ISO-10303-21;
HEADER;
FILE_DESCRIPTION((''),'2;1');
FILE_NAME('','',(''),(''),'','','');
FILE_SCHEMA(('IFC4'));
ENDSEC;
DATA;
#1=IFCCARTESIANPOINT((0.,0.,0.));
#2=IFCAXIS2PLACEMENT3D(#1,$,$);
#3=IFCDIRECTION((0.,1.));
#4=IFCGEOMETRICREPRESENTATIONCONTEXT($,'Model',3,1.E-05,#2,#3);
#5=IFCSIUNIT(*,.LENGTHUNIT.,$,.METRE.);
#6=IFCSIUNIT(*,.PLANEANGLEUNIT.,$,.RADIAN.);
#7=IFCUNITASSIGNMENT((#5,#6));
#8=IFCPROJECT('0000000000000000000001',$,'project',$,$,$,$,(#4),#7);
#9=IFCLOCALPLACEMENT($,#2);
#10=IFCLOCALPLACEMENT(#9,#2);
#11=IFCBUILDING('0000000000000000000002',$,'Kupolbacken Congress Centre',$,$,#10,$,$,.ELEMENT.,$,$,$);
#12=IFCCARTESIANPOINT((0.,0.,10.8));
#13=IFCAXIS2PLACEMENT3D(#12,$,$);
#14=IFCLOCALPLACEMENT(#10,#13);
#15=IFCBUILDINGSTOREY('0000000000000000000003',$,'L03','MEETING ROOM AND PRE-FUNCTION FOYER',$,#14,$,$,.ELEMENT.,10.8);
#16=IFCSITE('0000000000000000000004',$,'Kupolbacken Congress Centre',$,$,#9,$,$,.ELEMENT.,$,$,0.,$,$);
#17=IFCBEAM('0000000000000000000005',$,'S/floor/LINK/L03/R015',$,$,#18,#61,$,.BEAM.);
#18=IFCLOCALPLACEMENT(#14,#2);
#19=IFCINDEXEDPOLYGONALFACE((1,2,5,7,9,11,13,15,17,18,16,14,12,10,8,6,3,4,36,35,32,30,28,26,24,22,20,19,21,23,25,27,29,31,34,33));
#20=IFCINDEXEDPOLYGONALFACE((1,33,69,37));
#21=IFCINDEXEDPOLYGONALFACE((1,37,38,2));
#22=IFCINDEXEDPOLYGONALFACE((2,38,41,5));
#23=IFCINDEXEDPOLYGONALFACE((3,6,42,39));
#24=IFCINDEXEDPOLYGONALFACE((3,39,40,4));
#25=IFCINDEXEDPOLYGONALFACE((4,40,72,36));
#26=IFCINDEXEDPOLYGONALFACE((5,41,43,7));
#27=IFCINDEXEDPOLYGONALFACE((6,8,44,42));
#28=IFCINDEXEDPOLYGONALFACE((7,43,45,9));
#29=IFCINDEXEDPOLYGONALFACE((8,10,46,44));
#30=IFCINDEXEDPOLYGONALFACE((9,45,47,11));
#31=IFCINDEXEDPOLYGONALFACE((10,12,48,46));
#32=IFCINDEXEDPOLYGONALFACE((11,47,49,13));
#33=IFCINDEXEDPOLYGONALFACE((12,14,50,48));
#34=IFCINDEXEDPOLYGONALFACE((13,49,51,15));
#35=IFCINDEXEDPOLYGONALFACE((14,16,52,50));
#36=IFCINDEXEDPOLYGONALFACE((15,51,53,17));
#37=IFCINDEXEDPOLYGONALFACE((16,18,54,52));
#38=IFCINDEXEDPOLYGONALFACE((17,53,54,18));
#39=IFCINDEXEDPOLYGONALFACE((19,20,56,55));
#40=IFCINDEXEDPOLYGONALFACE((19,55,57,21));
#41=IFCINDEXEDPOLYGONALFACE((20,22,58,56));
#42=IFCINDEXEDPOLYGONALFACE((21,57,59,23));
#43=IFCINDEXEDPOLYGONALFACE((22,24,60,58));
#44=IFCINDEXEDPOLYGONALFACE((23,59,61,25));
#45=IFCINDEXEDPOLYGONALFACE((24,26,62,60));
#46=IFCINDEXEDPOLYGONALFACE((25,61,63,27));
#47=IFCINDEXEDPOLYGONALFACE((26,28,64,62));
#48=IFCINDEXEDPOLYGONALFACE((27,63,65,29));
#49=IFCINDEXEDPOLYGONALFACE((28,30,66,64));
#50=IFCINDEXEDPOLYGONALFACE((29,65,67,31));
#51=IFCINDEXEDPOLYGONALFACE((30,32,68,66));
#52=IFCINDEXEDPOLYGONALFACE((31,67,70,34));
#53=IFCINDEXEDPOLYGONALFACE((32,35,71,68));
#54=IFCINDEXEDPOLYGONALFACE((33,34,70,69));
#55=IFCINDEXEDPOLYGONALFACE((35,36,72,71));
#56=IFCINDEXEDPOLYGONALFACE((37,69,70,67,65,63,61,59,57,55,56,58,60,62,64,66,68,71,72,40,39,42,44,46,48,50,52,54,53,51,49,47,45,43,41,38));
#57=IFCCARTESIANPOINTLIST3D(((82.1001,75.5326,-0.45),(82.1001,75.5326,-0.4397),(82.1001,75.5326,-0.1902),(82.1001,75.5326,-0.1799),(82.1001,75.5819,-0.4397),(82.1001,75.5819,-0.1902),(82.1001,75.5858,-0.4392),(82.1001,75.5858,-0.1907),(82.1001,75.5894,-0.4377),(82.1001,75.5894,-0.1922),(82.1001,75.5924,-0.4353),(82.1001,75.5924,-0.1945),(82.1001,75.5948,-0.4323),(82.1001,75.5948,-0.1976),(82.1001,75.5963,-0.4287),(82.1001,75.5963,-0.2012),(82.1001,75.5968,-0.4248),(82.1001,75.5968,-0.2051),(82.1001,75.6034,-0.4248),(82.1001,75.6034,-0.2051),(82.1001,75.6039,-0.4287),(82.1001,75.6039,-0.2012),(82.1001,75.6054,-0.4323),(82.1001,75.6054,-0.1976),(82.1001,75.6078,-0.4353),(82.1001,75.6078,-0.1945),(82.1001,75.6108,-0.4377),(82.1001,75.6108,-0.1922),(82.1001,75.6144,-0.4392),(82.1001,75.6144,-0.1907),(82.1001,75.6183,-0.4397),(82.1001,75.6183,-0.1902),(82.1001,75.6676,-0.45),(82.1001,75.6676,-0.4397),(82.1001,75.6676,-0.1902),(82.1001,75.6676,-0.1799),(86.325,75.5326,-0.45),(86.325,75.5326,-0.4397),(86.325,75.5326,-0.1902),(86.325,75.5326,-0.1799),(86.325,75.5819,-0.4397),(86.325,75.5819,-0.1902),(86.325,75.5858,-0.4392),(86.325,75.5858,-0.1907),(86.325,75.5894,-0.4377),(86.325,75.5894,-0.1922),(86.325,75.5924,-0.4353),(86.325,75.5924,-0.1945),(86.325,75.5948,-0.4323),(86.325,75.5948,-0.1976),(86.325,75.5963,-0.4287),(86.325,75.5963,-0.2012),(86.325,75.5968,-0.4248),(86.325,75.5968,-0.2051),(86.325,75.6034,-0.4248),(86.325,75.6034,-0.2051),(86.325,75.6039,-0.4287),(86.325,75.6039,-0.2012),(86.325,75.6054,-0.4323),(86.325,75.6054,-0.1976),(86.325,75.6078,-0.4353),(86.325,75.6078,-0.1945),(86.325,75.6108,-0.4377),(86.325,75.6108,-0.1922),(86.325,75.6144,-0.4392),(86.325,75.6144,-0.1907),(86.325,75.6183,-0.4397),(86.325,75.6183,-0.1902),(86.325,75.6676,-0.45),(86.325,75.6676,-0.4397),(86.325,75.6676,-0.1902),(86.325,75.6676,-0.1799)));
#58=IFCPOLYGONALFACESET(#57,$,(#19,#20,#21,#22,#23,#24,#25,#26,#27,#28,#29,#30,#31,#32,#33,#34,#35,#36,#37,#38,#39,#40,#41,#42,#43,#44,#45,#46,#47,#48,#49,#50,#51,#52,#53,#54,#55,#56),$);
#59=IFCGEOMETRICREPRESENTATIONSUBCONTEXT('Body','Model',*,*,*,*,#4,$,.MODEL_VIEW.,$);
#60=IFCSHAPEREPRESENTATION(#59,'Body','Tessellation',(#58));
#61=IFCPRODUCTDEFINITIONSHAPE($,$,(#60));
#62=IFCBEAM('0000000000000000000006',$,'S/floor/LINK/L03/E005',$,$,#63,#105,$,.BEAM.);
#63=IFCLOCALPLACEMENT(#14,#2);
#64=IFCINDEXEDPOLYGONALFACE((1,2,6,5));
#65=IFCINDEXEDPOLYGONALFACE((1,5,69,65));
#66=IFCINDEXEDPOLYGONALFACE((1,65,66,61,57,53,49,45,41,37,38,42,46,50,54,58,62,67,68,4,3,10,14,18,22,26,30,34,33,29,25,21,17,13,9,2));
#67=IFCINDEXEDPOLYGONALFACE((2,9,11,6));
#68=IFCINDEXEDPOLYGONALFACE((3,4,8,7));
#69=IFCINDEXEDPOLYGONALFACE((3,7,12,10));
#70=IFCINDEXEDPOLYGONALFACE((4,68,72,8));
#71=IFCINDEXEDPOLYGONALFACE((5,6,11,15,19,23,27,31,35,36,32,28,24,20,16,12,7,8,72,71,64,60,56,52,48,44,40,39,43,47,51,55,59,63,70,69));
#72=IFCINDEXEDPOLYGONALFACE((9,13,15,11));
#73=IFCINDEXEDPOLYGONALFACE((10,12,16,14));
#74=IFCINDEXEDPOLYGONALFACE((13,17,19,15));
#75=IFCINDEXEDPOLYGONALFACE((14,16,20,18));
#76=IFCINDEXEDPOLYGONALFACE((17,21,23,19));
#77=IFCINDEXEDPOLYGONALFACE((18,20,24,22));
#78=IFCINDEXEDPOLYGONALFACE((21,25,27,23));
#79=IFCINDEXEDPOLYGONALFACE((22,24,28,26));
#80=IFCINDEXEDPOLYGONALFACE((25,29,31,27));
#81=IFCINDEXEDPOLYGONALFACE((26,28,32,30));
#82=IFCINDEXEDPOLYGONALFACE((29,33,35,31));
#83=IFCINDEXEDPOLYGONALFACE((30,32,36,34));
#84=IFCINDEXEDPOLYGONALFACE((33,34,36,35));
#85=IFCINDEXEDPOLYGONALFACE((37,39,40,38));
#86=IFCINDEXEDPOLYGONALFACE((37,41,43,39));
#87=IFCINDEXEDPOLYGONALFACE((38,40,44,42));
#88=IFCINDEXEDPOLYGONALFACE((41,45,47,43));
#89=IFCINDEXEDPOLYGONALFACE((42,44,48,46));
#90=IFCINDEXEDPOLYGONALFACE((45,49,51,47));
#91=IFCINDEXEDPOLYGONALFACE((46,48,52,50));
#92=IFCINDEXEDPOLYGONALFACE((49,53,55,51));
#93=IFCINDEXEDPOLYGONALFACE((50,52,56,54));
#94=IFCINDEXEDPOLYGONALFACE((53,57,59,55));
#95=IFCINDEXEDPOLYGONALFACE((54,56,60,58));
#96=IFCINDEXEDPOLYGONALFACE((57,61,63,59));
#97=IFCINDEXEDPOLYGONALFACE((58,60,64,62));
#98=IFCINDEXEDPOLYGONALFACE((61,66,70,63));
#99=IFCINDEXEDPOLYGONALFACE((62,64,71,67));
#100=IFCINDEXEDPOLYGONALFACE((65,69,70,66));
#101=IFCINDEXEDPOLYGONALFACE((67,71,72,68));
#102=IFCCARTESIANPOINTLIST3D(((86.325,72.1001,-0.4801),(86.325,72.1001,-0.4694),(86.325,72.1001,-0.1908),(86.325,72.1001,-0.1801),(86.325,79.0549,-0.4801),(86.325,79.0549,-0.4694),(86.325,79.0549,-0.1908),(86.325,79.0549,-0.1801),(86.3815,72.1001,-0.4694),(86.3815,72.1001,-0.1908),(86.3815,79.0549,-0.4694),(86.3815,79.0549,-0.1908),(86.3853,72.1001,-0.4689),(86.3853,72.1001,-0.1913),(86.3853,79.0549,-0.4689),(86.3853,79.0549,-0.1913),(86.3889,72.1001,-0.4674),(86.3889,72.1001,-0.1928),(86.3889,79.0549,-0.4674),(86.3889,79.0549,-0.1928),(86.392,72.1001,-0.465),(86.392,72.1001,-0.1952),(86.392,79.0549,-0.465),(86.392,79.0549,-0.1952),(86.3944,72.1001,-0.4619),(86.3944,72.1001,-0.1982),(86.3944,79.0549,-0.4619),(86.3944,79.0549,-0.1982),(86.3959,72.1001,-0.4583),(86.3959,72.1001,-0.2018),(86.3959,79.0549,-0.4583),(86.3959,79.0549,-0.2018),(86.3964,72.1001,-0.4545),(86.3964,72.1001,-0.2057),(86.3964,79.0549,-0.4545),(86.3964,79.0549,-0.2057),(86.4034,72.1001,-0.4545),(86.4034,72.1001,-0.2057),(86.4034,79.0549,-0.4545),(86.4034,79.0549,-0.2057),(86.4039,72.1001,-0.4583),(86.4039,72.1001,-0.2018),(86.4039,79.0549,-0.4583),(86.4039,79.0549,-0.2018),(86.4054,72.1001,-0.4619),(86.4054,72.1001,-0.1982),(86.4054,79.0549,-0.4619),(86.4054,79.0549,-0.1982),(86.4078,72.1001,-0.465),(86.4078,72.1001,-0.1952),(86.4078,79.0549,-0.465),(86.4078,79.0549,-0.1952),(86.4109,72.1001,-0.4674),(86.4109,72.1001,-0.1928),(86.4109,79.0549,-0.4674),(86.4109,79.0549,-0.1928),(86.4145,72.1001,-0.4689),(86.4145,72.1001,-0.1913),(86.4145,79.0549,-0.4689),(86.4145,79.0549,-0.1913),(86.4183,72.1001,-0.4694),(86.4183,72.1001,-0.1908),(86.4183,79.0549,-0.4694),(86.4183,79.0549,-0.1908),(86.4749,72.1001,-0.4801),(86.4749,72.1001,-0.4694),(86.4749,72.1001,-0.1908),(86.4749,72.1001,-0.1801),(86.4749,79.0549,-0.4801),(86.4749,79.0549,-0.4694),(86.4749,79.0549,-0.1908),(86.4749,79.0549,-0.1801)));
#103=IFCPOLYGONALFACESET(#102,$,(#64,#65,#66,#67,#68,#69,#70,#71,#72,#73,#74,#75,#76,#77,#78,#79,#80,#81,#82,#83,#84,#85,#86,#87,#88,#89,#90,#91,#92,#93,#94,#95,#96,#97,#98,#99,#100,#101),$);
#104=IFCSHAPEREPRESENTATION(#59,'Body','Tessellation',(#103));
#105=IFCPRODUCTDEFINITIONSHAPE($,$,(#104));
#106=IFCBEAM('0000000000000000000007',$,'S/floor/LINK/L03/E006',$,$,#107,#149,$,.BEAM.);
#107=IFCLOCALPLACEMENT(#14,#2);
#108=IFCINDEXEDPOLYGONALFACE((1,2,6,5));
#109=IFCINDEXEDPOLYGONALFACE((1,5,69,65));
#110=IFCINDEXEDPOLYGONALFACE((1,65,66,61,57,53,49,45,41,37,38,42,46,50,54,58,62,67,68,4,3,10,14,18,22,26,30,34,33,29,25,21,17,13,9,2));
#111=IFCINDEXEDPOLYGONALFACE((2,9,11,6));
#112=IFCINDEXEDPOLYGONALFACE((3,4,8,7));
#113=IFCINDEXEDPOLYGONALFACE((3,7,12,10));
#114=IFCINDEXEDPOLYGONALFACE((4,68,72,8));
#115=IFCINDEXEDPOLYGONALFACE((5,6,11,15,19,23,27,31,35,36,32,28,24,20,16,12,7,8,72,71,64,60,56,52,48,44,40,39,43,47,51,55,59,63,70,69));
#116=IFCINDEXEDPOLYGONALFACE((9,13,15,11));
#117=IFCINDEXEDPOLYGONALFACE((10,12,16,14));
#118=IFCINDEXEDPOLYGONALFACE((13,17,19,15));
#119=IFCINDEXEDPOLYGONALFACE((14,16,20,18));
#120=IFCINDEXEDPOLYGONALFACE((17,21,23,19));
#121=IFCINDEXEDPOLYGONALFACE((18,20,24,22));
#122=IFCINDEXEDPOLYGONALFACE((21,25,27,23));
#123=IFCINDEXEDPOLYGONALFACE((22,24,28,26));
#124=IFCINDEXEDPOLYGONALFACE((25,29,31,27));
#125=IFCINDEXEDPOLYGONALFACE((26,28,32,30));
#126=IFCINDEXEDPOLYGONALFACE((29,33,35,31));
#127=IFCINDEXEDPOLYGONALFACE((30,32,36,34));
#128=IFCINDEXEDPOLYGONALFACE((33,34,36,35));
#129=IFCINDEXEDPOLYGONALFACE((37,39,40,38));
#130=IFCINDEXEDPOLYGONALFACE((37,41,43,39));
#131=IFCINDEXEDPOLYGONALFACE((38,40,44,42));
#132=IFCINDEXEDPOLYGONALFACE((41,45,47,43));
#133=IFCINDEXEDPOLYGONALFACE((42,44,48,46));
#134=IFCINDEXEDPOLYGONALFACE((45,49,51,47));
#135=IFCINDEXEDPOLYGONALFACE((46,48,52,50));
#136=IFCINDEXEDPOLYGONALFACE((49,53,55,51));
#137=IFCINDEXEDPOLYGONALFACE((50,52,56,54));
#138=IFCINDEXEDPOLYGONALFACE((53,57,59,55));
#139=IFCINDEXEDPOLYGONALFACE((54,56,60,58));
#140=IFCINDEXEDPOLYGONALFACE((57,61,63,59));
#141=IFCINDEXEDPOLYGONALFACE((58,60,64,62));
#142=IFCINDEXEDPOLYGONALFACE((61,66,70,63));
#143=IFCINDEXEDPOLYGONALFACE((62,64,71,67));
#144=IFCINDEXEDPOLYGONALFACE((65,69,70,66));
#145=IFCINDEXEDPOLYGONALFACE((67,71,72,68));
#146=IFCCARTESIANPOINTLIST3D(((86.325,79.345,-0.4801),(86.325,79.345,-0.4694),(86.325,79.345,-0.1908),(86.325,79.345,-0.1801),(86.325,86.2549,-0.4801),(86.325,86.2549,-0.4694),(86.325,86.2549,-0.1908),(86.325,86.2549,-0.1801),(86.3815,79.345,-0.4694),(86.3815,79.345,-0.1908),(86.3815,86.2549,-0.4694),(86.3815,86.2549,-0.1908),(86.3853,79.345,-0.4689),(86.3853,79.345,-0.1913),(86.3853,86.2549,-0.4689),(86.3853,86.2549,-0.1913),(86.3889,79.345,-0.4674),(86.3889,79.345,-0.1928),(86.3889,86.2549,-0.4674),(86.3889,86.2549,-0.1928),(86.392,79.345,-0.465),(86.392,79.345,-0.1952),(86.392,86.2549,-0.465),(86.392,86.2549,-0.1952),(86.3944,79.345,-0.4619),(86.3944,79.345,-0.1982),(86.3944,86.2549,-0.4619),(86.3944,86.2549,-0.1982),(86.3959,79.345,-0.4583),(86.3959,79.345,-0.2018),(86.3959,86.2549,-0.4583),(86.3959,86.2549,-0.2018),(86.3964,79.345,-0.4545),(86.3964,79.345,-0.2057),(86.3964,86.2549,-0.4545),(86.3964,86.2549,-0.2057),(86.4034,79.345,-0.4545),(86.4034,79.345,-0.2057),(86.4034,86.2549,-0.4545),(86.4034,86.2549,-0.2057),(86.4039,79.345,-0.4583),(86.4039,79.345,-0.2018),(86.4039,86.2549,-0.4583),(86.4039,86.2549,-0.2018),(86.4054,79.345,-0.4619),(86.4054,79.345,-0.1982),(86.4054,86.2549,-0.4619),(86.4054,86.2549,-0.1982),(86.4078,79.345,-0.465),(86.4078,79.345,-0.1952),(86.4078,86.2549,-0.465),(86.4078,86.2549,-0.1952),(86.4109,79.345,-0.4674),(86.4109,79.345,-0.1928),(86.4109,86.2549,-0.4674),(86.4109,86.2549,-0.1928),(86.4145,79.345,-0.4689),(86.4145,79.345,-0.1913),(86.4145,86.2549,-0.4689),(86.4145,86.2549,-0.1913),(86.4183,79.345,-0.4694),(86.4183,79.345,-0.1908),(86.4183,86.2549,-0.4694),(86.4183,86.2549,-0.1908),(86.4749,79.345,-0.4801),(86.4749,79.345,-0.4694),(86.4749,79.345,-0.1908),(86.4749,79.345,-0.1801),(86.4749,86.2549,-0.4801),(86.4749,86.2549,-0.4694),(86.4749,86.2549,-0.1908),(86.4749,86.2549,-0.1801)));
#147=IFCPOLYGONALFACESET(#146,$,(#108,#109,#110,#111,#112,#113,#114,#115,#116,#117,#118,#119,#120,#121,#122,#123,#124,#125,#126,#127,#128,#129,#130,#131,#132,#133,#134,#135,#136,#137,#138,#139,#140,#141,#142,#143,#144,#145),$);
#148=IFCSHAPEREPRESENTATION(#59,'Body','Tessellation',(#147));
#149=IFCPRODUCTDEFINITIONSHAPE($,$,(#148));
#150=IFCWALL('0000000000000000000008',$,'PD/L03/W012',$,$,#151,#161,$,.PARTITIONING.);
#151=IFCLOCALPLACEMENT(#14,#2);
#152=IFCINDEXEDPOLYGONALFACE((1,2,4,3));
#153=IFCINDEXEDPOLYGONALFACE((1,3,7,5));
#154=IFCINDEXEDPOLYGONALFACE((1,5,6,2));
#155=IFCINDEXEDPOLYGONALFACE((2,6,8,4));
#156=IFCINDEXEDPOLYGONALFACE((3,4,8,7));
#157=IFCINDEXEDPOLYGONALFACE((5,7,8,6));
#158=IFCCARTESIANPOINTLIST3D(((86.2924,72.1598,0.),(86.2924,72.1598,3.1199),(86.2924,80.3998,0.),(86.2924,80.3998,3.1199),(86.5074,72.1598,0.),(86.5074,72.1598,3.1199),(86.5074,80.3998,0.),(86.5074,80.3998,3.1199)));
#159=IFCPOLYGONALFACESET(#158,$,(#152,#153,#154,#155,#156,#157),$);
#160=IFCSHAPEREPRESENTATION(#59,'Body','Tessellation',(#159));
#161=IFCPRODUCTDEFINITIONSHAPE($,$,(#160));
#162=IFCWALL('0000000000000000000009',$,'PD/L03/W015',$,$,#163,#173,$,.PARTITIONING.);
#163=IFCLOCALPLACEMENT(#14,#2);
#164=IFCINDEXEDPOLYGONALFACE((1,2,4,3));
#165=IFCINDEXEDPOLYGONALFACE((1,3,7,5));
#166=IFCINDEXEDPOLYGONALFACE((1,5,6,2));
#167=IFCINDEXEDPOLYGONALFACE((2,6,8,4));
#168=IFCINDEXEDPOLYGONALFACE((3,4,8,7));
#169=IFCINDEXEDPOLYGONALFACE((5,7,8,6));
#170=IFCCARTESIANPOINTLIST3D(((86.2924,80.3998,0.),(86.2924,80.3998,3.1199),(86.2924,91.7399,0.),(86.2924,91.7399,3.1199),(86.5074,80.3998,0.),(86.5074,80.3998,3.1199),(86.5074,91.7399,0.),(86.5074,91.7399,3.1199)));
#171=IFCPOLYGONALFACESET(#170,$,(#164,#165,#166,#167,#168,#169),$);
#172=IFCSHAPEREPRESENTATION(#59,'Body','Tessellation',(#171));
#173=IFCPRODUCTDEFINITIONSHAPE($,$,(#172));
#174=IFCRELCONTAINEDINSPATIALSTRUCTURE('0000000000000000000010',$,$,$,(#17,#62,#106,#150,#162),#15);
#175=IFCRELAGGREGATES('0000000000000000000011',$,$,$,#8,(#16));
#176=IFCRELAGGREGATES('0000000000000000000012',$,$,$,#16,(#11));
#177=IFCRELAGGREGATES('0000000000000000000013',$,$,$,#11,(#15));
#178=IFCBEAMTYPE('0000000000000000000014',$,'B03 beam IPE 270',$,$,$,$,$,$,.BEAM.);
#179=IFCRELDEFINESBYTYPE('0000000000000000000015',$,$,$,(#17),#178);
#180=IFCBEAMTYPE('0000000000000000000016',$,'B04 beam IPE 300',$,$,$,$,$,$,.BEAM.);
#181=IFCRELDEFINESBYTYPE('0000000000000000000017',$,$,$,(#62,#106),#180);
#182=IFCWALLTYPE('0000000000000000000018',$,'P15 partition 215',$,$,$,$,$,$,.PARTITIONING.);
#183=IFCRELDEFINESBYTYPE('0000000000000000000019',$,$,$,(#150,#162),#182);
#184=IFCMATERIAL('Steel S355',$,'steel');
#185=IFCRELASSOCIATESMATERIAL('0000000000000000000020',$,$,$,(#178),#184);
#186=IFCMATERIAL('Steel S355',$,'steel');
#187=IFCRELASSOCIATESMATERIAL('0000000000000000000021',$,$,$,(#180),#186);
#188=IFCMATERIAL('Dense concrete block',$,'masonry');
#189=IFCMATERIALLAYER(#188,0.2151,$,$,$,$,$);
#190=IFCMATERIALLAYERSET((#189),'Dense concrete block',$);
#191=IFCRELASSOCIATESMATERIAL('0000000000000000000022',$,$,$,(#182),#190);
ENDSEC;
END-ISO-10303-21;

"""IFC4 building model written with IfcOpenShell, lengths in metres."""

from ifc_helpers import new_model, si_unit, direction, frame, frame_2d, origin, origin_2d, place, context, subcontext, project, spatial, rectangle, i_section, extrude, material, layer, layer_set, material_profile, profile_set, type_object, element, save


model = new_model("IFC4")

# Units and contexts
model_context = context("Model", 3, precision=1e-05, world=origin(), true_north=direction((0.0, 1.0)))
body_context = subcontext(model_context, "Body", "Model", "MODEL_VIEW")
ifc_project = project(units=[si_unit("LENGTHUNIT", "METRE"), si_unit("PLANEANGLEUNIT", "RADIAN")], contexts=[model_context])

# Site, building, storey
site_placement = place(None, origin())
site = spatial("IfcSite", under=ifc_project, at=site_placement, Name="Kupolbacken Congress Centre", CompositionType="ELEMENT", RefElevation=0.0)
building_placement = place(site_placement, origin())
building = spatial("IfcBuilding", under=site, at=building_placement, Name="Kupolbacken Congress Centre", CompositionType="ELEMENT")
storey_placement = place(building_placement, frame((0.0, 0.0, 10.8)))
storey = spatial("IfcBuildingStorey", under=building, at=storey_placement, Name="L03", Description="MEETING ROOM AND PRE-FUNCTION FOYER", CompositionType="ELEMENT", Elevation=10.8)

# Beams
ifc_material_1 = material(Name="Steel S355", Category="steel")
ifc_material_profile_1 = material_profile(ifc_material_1, i_section(OverallWidth=0.135, OverallDepth=0.27, WebThickness=0.0066, FlangeThickness=0.0103, FilletRadius=0.0149, at=origin_2d()), Name="IPE 270")
ifc_profile_set_1 = profile_set([ifc_material_profile_1], Name="Steel S355")
beam_type_1 = type_object("IfcBeamType", Name="B03 beam IPE 270", PredefinedType="BEAM", material=ifc_profile_set_1)
beam_1_placement = place(storey_placement, frame((82.1001, 75.6001, -0.3149), z_axis=(1.0, 0.0, 0.0), x_axis=(0.0, 1.0, 0.0)))
element("IfcBeam", 1, at=beam_1_placement, inside=storey, type_object=beam_type_1, Name="S/floor/LINK/L03/R015", PredefinedType="BEAM", context=body_context, shape_type="SweptSolid", body=[
    extrude(i_section(OverallWidth=0.135, OverallDepth=0.27, WebThickness=0.0066, FlangeThickness=0.0103, FilletRadius=0.0149, at=origin_2d()), origin(), (0.0, 0.0, 1.0), 4.2249),
])
ifc_material_2 = material(Name="Steel S355", Category="steel")
ifc_material_profile_2 = material_profile(ifc_material_2, i_section(OverallWidth=0.1499, OverallDepth=0.3, WebThickness=0.0071, FlangeThickness=0.0107, FilletRadius=0.0149, at=origin_2d()), Name="IPE 300")
ifc_profile_set_2 = profile_set([ifc_material_profile_2], Name="Steel S355")
beam_type_2 = type_object("IfcBeamType", Name="B04 beam IPE 300", PredefinedType="BEAM", material=ifc_profile_set_2)
beam_2_placement = place(storey_placement, frame((86.3999, 72.1001, -0.3301), z_axis=(0.0, 1.0, 0.0), x_axis=(-1.0, 0.0, 0.0)))
element("IfcBeam", 2, at=beam_2_placement, inside=storey, type_object=beam_type_2, Name="S/floor/LINK/L03/E005", PredefinedType="BEAM", context=body_context, shape_type="SweptSolid", body=[
    extrude(i_section(OverallWidth=0.1499, OverallDepth=0.3, WebThickness=0.0071, FlangeThickness=0.0107, FilletRadius=0.0149, at=origin_2d()), origin(), (0.0, 0.0, 1.0), 6.9548),
])
beam_3_placement = place(storey_placement, frame((86.3999, 79.345, -0.3301), z_axis=(0.0, 1.0, 0.0), x_axis=(-1.0, 0.0, 0.0)))
element("IfcBeam", 3, at=beam_3_placement, inside=storey, type_object=beam_type_2, Name="S/floor/LINK/L03/E006", PredefinedType="BEAM", context=body_context, shape_type="SweptSolid", body=[
    extrude(i_section(OverallWidth=0.1499, OverallDepth=0.3, WebThickness=0.0071, FlangeThickness=0.0107, FilletRadius=0.0149, at=origin_2d()), origin(), (0.0, 0.0, 1.0), 6.9099),
])

# Walls
ifc_material_3 = material(Name="Dense concrete block", Category="masonry")
ifc_layer_1 = layer(ifc_material_3, 0.2151)
ifc_layer_set_1 = layer_set([ifc_layer_1], Name="Dense concrete block")
wall_type_1 = type_object("IfcWallType", Name="P15 partition 215", PredefinedType="PARTITIONING", material=ifc_layer_set_1)
wall_1_placement = place(storey_placement, frame((86.3999, 80.3999, 0.0), z_axis=(0.0, 0.0, 1.0), x_axis=(0.0, -1.0, 0.0)))
element("IfcWall", 4, at=wall_1_placement, inside=storey, type_object=wall_type_1, Name="PD/L03/W012", PredefinedType="PARTITIONING", context=body_context, shape_type="SweptSolid", body=[
    extrude(rectangle(XDim=8.24, YDim=0.2151, at=frame_2d((4.1201, 0.0))), origin(), (0.0, 0.0, 1.0), 3.1199),
])
wall_2_placement = place(storey_placement, frame((86.3999, 80.3999, 0.0), z_axis=(0.0, 0.0, 1.0), x_axis=(0.0, 1.0, 0.0)))
element("IfcWall", 5, at=wall_2_placement, inside=storey, type_object=wall_type_1, Name="PD/L03/W015", PredefinedType="PARTITIONING", context=body_context, shape_type="SweptSolid", body=[
    extrude(rectangle(XDim=11.3401, YDim=0.2151, at=frame_2d((5.6699, 0.0))), origin(), (0.0, 0.0, 1.0), 3.1199),
])

save(model, "model.ifc")
